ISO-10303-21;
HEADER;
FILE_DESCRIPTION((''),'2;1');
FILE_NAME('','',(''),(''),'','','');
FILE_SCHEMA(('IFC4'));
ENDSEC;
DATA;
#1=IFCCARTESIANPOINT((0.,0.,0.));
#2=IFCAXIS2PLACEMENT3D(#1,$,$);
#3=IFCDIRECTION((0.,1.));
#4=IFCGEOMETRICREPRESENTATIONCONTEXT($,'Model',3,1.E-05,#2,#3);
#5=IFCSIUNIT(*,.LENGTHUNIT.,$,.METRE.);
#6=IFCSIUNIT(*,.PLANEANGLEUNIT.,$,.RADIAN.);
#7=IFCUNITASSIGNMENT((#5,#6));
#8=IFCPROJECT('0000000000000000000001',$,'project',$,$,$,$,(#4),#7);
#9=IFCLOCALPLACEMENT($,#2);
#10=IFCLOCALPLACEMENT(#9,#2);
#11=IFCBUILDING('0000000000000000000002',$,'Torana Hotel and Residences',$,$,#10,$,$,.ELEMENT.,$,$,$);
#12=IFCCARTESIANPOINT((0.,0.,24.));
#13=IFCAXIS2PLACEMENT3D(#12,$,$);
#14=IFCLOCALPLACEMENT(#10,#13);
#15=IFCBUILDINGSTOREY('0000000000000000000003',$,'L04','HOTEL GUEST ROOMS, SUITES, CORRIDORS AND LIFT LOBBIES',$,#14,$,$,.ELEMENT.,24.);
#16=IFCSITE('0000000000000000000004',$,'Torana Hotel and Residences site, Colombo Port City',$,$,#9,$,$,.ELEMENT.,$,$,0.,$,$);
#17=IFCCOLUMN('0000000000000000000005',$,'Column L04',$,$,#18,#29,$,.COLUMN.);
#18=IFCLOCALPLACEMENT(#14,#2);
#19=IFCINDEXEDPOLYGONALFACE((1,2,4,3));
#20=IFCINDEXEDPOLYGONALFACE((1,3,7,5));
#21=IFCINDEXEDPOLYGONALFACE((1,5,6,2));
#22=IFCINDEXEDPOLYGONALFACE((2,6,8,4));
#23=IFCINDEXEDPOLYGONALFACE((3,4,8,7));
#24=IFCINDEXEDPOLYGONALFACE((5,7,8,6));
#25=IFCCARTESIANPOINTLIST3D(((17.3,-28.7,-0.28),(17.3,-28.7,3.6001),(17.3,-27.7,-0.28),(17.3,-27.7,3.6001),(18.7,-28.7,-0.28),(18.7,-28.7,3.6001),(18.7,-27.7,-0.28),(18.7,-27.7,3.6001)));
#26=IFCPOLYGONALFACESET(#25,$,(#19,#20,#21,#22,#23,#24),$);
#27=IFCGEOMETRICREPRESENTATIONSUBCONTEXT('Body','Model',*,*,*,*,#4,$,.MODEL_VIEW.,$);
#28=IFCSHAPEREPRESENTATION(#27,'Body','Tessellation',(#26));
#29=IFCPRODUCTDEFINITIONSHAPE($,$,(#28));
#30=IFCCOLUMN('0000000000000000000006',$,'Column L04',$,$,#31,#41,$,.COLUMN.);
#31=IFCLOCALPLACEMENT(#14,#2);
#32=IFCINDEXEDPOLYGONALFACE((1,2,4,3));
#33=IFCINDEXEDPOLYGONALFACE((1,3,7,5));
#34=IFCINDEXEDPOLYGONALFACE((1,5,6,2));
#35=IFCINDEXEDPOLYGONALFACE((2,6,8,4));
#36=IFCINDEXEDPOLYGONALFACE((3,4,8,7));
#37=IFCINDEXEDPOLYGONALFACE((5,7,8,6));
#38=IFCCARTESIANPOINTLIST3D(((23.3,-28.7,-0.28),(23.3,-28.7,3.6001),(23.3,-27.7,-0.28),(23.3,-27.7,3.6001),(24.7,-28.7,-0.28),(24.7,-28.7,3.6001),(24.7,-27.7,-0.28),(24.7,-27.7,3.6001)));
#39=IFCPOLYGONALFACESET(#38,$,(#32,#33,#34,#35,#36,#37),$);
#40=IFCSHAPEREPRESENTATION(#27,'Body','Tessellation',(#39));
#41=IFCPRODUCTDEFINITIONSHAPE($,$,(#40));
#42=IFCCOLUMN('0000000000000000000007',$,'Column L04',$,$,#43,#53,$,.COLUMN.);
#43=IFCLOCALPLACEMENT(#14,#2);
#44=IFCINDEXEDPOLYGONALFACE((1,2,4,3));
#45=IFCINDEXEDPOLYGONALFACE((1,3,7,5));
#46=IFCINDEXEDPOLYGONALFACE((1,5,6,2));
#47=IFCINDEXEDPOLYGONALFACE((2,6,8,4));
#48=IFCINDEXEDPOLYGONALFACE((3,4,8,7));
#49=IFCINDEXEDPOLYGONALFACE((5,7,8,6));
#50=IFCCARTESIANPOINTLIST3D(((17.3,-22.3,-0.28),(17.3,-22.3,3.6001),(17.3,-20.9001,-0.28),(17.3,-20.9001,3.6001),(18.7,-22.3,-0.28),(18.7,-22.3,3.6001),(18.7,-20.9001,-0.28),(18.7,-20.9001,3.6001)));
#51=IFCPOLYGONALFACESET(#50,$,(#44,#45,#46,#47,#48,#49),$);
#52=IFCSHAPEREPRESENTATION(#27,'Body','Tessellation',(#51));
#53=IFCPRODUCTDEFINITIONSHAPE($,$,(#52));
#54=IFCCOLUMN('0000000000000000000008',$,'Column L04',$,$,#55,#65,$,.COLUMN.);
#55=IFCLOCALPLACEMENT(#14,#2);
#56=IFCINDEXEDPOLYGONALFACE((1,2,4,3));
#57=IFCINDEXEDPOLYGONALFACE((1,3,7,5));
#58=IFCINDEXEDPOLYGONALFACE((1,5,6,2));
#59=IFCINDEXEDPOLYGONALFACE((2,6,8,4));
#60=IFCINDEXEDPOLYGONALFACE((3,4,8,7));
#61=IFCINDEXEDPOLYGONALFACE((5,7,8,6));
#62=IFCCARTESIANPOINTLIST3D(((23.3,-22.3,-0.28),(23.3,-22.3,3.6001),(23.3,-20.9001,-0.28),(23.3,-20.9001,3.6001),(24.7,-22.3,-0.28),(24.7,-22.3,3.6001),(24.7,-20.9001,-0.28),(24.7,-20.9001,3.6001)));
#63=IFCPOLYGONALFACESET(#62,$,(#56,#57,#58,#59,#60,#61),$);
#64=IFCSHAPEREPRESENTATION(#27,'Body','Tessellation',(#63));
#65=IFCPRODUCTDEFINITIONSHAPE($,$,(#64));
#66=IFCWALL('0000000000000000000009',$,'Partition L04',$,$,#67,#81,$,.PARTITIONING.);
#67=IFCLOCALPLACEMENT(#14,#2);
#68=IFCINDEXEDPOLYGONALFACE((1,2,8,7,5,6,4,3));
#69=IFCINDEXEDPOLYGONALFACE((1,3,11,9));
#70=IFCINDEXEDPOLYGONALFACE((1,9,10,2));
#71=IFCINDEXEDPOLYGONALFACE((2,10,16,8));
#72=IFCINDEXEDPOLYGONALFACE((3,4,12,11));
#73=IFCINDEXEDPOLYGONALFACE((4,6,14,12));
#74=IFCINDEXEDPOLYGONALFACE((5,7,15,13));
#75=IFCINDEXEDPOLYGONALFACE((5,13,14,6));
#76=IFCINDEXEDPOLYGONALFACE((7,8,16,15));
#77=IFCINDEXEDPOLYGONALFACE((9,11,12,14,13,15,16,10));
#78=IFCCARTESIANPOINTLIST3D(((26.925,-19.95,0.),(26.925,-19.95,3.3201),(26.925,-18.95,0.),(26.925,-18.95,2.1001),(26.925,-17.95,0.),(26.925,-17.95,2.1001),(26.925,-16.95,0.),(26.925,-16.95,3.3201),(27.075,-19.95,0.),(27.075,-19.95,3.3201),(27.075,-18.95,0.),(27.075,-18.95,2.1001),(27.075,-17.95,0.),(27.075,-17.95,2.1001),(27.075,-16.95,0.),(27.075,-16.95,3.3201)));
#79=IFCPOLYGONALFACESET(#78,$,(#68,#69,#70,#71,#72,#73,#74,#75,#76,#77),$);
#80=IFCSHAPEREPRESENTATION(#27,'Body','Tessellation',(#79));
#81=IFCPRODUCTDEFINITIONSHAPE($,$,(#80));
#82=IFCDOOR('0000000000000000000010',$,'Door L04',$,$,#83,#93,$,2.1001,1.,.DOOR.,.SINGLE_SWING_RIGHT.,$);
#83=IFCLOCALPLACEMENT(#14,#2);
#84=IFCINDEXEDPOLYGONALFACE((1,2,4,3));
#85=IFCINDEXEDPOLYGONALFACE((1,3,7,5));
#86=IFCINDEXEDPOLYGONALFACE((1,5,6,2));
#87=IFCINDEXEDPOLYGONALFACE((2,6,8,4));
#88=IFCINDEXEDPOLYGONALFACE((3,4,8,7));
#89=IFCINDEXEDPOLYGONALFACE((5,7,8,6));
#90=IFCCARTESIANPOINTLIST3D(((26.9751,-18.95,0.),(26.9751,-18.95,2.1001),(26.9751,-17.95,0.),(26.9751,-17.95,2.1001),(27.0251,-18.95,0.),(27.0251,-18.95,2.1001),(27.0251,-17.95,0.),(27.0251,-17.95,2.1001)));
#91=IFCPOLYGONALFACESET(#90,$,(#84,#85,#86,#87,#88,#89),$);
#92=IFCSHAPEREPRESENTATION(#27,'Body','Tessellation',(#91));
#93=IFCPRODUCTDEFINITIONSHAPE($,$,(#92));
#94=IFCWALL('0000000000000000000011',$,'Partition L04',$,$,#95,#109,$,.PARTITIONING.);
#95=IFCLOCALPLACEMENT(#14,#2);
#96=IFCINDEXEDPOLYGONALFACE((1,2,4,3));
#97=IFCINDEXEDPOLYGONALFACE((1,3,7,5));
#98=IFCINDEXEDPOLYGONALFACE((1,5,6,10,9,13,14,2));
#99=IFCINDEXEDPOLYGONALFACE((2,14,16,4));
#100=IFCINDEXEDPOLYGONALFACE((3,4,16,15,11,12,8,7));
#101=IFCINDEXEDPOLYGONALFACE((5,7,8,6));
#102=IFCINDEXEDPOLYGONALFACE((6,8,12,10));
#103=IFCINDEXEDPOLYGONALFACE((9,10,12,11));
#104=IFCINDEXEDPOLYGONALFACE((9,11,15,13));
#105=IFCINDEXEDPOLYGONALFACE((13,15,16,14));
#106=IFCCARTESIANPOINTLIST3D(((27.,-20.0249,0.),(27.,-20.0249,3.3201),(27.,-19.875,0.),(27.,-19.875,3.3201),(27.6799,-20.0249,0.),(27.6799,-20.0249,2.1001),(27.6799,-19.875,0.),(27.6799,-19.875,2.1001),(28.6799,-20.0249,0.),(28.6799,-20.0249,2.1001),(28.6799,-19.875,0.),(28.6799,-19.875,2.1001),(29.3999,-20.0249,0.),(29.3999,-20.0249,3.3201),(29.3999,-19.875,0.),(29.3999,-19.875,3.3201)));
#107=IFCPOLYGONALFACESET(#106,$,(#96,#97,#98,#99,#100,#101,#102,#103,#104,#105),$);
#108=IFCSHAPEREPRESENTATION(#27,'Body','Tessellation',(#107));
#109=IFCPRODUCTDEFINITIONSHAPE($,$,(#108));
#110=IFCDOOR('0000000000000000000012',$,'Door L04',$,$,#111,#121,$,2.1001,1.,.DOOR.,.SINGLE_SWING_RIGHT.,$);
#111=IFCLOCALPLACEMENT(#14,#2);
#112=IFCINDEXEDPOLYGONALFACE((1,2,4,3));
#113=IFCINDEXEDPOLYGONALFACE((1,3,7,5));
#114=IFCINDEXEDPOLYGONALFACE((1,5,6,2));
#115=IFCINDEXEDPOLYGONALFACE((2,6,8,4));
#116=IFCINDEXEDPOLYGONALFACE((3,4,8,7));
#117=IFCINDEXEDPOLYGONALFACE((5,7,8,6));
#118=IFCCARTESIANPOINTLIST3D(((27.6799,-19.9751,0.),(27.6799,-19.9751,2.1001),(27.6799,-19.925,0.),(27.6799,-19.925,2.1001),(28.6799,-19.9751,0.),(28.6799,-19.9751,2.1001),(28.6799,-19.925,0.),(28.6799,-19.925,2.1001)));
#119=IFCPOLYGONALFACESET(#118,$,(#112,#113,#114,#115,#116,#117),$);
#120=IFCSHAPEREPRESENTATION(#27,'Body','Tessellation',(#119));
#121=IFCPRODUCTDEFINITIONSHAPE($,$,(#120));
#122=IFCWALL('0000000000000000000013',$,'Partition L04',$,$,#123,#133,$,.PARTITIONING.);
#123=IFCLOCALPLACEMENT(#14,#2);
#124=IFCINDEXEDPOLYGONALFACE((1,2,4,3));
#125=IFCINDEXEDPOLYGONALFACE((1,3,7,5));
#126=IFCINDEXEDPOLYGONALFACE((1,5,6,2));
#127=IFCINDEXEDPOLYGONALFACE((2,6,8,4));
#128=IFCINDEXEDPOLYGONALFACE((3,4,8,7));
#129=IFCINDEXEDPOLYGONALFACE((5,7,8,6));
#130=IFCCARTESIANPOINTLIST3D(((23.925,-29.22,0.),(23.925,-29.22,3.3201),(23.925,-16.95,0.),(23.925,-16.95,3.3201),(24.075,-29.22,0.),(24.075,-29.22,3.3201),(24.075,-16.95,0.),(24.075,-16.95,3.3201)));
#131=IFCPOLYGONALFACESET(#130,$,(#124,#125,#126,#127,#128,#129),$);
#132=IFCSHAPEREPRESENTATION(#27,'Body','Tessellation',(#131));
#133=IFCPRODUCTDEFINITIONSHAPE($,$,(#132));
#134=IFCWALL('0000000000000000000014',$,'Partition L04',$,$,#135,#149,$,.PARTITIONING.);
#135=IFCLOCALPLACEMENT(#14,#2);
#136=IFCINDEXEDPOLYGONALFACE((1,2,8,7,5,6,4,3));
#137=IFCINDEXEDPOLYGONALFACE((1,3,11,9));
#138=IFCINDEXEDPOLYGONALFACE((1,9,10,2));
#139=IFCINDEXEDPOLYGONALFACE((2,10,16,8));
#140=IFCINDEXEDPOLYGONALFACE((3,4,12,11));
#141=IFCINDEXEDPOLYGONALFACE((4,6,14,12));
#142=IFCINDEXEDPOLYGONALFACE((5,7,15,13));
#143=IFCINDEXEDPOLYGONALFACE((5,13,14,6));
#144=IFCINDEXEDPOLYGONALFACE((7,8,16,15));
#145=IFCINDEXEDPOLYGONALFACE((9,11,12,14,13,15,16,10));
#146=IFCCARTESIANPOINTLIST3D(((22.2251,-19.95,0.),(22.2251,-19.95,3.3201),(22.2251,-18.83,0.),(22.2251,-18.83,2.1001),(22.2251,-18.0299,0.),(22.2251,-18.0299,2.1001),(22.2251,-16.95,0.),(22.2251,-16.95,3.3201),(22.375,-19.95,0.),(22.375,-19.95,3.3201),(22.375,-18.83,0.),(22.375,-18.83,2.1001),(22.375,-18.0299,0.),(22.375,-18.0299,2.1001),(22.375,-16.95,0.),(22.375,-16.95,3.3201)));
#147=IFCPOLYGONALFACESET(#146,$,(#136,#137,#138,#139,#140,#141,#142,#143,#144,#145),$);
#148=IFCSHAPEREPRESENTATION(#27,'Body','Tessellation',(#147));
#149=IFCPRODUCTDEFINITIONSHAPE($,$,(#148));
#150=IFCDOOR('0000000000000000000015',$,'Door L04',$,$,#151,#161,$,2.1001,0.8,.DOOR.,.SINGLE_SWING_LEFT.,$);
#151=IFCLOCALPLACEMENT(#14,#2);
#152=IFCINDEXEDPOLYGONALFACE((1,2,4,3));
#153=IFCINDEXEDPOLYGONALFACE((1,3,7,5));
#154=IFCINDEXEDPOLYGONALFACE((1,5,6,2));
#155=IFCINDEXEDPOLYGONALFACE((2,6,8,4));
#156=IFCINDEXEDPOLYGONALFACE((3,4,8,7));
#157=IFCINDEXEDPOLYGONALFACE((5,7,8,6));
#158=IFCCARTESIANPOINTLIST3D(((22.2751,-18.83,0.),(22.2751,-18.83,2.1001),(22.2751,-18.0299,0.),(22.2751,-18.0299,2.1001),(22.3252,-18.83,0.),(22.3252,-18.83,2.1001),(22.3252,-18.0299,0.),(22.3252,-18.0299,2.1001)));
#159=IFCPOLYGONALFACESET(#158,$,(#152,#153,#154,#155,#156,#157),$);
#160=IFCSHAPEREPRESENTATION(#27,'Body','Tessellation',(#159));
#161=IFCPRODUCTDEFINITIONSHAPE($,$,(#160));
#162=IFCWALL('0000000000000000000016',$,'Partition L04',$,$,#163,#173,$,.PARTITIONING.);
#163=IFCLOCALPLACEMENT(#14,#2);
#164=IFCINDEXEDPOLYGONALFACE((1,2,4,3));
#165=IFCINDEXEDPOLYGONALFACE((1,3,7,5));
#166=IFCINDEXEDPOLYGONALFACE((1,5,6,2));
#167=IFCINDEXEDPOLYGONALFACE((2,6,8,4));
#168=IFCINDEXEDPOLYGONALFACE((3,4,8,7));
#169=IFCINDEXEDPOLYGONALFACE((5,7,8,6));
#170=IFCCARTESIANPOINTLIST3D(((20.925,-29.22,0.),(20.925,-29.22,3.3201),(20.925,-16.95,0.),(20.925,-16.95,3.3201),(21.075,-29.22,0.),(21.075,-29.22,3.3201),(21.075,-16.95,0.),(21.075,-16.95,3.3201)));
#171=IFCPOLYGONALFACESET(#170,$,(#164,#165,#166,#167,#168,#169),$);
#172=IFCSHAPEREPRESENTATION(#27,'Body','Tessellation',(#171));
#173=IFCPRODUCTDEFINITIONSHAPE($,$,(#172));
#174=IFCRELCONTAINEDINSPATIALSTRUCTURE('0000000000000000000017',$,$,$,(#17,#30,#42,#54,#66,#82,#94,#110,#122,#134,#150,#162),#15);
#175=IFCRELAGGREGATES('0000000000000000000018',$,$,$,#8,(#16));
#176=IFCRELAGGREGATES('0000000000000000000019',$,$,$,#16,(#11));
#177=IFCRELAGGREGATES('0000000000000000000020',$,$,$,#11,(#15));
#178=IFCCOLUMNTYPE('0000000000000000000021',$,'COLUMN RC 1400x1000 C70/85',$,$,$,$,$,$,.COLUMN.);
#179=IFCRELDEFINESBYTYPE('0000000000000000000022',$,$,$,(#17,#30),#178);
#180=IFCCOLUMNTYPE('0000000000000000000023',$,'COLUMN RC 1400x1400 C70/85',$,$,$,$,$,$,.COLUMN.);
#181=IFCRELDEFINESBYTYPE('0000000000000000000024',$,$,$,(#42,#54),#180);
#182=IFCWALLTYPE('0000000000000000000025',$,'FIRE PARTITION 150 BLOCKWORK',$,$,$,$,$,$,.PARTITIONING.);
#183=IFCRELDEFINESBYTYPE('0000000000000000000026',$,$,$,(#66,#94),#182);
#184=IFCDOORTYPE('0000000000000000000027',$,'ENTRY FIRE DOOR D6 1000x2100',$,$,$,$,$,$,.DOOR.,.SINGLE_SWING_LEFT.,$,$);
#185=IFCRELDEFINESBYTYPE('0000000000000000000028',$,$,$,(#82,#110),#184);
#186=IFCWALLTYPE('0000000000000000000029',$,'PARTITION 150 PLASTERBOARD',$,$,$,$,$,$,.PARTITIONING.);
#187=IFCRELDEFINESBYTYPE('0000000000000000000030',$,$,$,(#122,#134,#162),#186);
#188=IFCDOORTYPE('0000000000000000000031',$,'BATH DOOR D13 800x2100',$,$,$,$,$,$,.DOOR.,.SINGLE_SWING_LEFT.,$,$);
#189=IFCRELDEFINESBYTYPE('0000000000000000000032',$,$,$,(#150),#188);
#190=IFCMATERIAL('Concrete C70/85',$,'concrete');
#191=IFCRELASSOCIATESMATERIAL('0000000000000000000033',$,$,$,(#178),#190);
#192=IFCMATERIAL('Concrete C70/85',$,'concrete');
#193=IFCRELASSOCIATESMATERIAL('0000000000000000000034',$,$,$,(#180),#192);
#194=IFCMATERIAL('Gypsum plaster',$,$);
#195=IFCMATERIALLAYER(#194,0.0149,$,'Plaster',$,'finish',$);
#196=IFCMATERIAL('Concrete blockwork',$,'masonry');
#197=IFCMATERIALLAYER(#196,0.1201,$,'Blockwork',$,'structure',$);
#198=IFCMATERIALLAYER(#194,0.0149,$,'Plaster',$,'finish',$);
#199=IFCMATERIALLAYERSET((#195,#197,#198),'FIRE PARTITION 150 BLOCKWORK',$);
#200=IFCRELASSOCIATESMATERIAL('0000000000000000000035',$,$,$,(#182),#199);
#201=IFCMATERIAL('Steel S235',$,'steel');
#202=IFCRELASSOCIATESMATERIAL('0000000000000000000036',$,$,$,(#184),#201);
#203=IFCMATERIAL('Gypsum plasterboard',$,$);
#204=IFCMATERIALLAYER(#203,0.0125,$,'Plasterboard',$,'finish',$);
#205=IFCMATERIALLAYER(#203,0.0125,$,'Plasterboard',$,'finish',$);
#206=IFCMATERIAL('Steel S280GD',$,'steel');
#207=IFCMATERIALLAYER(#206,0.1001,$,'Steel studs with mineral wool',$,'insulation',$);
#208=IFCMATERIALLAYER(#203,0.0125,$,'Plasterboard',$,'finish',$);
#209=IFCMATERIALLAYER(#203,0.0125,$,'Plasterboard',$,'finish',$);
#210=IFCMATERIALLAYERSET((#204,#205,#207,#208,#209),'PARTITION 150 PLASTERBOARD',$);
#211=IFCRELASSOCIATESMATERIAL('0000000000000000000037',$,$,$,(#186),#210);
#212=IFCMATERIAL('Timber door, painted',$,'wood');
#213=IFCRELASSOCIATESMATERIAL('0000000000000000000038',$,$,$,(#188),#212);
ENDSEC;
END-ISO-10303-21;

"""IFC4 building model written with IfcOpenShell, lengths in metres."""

from ifc_helpers import new_model, si_unit, direction, frame, frame_2d, origin, origin_2d, place, context, subcontext, project, spatial, rectangle, extrude, material, layer, layer_set, material_profile, profile_set, type_object, element, fill, save


model = new_model("IFC4")

# Units and contexts
model_context = context("Model", 3, precision=1e-05, world=origin(), true_north=direction((0.0, 1.0)))
body_context = subcontext(model_context, "Body", "Model", "MODEL_VIEW")
ifc_project = project(units=[si_unit("LENGTHUNIT", "METRE"), si_unit("PLANEANGLEUNIT", "RADIAN")], contexts=[model_context])

# Site, building, storey
site_placement = place(None, origin())
site = spatial("IfcSite", under=ifc_project, at=site_placement, Name="Torana Hotel and Residences site, Colombo Port City", CompositionType="ELEMENT", RefElevation=0.0)
building_placement = place(site_placement, origin())
building = spatial("IfcBuilding", under=site, at=building_placement, Name="Torana Hotel and Residences", CompositionType="ELEMENT")
storey_placement = place(building_placement, frame((0.0, 0.0, 24.0)))
storey = spatial("IfcBuildingStorey", under=building, at=storey_placement, Name="L04", Description="HOTEL GUEST ROOMS, SUITES, CORRIDORS AND LIFT LOBBIES", CompositionType="ELEMENT", Elevation=24.0)

# Columns
ifc_material_1 = material(Name="Concrete C70/85", Category="concrete")
ifc_material_profile_1 = material_profile(ifc_material_1, rectangle(XDim=1.3999, YDim=1.0, at=origin_2d()), Name="RC 1400x1000")
ifc_profile_set_1 = profile_set([ifc_material_profile_1], Name="Concrete C70/85")
column_type_1 = type_object("IfcColumnType", Name="COLUMN RC 1400x1000 C70/85", PredefinedType="COLUMN", material=ifc_profile_set_1)
for number, where, z_axis, x_axis, name in (
    (1, (18.0, -28.2, -0.28), (0.0, 0.0, 1.0), (1.0, 0.0, 0.0), "Column L04"),
    (2, (24.0, -28.2, -0.28), (0.0, 0.0, 1.0), (1.0, 0.0, 0.0), "Column L04"),
):
    element("IfcColumn", number, at=place(storey_placement, frame(where, z_axis=z_axis, x_axis=x_axis)), inside=storey, type_object=column_type_1, Name=name, PredefinedType="COLUMN", context=body_context, shape_type="SweptSolid", body=[
        extrude(rectangle(XDim=1.3999, YDim=1.0, at=origin_2d()), origin(), (0.0, 0.0, 1.0), 3.8801),
    ])
ifc_material_2 = material(Name="Concrete C70/85", Category="concrete")
ifc_material_profile_2 = material_profile(ifc_material_2, rectangle(XDim=1.3999, YDim=1.3999, at=origin_2d()), Name="RC 1400x1400")
ifc_profile_set_2 = profile_set([ifc_material_profile_2], Name="Concrete C70/85")
column_type_2 = type_object("IfcColumnType", Name="COLUMN RC 1400x1400 C70/85", PredefinedType="COLUMN", material=ifc_profile_set_2)
for number, where, z_axis, x_axis, name in (
    (3, (18.0, -21.6001, -0.28), (0.0, 0.0, 1.0), (1.0, 0.0, 0.0), "Column L04"),
    (4, (24.0, -21.6001, -0.28), (0.0, 0.0, 1.0), (1.0, 0.0, 0.0), "Column L04"),
):
    element("IfcColumn", number, at=place(storey_placement, frame(where, z_axis=z_axis, x_axis=x_axis)), inside=storey, type_object=column_type_2, Name=name, PredefinedType="COLUMN", context=body_context, shape_type="SweptSolid", body=[
        extrude(rectangle(XDim=1.3999, YDim=1.3999, at=origin_2d()), origin(), (0.0, 0.0, 1.0), 3.8801),
    ])

# Walls, openings, doors
ifc_material_3 = material(Name="Gypsum plaster")
ifc_layer_1 = layer(ifc_material_3, 0.0149, Name="Plaster", Category="finish")
ifc_material_4 = material(Name="Concrete blockwork", Category="masonry")
ifc_layer_2 = layer(ifc_material_4, 0.1201, Name="Blockwork", Category="structure")
ifc_layer_3 = layer(ifc_material_3, 0.0149, Name="Plaster", Category="finish")
ifc_layer_set_1 = layer_set([ifc_layer_1, ifc_layer_2, ifc_layer_3], Name="FIRE PARTITION 150 BLOCKWORK")
wall_type_1 = type_object("IfcWallType", Name="FIRE PARTITION 150 BLOCKWORK", PredefinedType="PARTITIONING", material=ifc_layer_set_1)
wall_1_placement = place(storey_placement, frame((27.0, -19.95, 0.0), z_axis=(0.0, 0.0, 1.0), x_axis=(0.0, 1.0, 0.0)))
wall_1 = element("IfcWall", 5, at=wall_1_placement, inside=storey, type_object=wall_type_1, Name="Partition L04", PredefinedType="PARTITIONING", context=body_context, shape_type="SweptSolid", body=[
    extrude(rectangle(XDim=3.0, YDim=0.1499, at=frame_2d((1.5, 0.0))), origin(), (0.0, 0.0, 1.0), 3.3201),
])
opening_1_placement = place(wall_1_placement, frame((1.0, 0.0, 0.0)))
opening_1 = element("IfcOpeningElement", 6, at=opening_1_placement, cuts=wall_1, PredefinedType="OPENING", context=body_context, shape_type="SweptSolid", body=[
    extrude(rectangle(XDim=1.0, YDim=2.1001, at=frame_2d((0.5, 1.05))), frame((0.0, 0.085, 0.0), z_axis=(0.0, -1.0, 0.0), x_axis=(1.0, 0.0, 0.0)), (0.0, 0.0, 1.0), 0.1699),
])
ifc_material_5 = material(Name="Steel S235", Category="steel")
door_type_1 = type_object("IfcDoorType", Name="ENTRY FIRE DOOR D6 1000x2100", OperationType="SINGLE_SWING_LEFT", PredefinedType="DOOR", material=ifc_material_5)
door_1_placement = place(opening_1_placement, origin())
door_1 = element("IfcDoor", 7, at=door_1_placement, inside=storey, type_object=door_type_1, Name="Door L04", OperationType="SINGLE_SWING_RIGHT", OverallHeight=2.1001, OverallWidth=1.0, PredefinedType="DOOR", context=body_context, shape_type="SweptSolid", body=[
    extrude(rectangle(XDim=1.0, YDim=2.1001, at=frame_2d((0.5, 1.05))), frame((0.0, 0.0249, 0.0), z_axis=(0.0, -1.0, 0.0), x_axis=(1.0, 0.0, 0.0)), (0.0, 0.0, 1.0), 0.05),
])
fill(opening_1, door_1)
wall_2_placement = place(storey_placement, frame((27.0, -19.95, 0.0), z_axis=(0.0, 0.0, 1.0), x_axis=(1.0, 0.0, 0.0)))
wall_2 = element("IfcWall", 8, at=wall_2_placement, inside=storey, type_object=wall_type_1, Name="Partition L04", PredefinedType="PARTITIONING", context=body_context, shape_type="SweptSolid", body=[
    extrude(rectangle(XDim=2.3999, YDim=0.1499, at=frame_2d((1.2, 0.0))), origin(), (0.0, 0.0, 1.0), 3.3201),
])
opening_2_placement = place(wall_2_placement, frame((0.6799, 0.0, 0.0)))
opening_2 = element("IfcOpeningElement", 9, at=opening_2_placement, cuts=wall_2, PredefinedType="OPENING", context=body_context, shape_type="SweptSolid", body=[
    extrude(rectangle(XDim=1.0, YDim=2.1001, at=frame_2d((0.5, 1.05))), frame((0.0, 0.085, 0.0), z_axis=(0.0, -1.0, 0.0), x_axis=(1.0, 0.0, 0.0)), (0.0, 0.0, 1.0), 0.1699),
])
door_2_placement = place(opening_2_placement, frame((0.5, 0.0, 0.0), z_axis=(0.0, 0.0, 1.0), x_axis=(-1.0, 0.0, 0.0)))
door_2 = element("IfcDoor", 10, at=door_2_placement, inside=storey, type_object=door_type_1, Name="Door L04", OperationType="SINGLE_SWING_RIGHT", OverallHeight=2.1001, OverallWidth=1.0, PredefinedType="DOOR", context=body_context, shape_type="SweptSolid", body=[
    extrude(rectangle(XDim=1.0, YDim=2.1001, at=frame_2d((0.0, 1.05))), frame((0.0, -0.0249, 0.0), z_axis=(0.0, 1.0, 0.0), x_axis=(-1.0, 0.0, 0.0)), (0.0, 0.0, 1.0), 0.05),
])
fill(opening_2, door_2)

# Wall
ifc_material_6 = material(Name="Gypsum plasterboard")
ifc_layer_4 = layer(ifc_material_6, 0.0125, Name="Plasterboard", Category="finish")
ifc_layer_5 = layer(ifc_material_6, 0.0125, Name="Plasterboard", Category="finish")
ifc_material_7 = material(Name="Steel S280GD", Category="steel")
ifc_layer_6 = layer(ifc_material_7, 0.1001, Name="Steel studs with mineral wool", Category="insulation")
ifc_layer_7 = layer(ifc_material_6, 0.0125, Name="Plasterboard", Category="finish")
ifc_layer_8 = layer(ifc_material_6, 0.0125, Name="Plasterboard", Category="finish")
ifc_layer_set_2 = layer_set([ifc_layer_4, ifc_layer_5, ifc_layer_6, ifc_layer_7, ifc_layer_8], Name="PARTITION 150 PLASTERBOARD")
wall_type_2 = type_object("IfcWallType", Name="PARTITION 150 PLASTERBOARD", PredefinedType="PARTITIONING", material=ifc_layer_set_2)
wall_3_placement = place(storey_placement, frame((24.0, -29.22, 0.0), z_axis=(0.0, 0.0, 1.0), x_axis=(0.0, 1.0, 0.0)))
element("IfcWall", 11, at=wall_3_placement, inside=storey, type_object=wall_type_2, Name="Partition L04", PredefinedType="PARTITIONING", context=body_context, shape_type="SweptSolid", body=[
    extrude(rectangle(XDim=12.27, YDim=0.1499, at=frame_2d((6.135, 0.0))), origin(), (0.0, 0.0, 1.0), 3.3201),
])

# Wall, opening, door
wall_4_placement = place(storey_placement, frame((22.3, -19.95, 0.0), z_axis=(0.0, 0.0, 1.0), x_axis=(0.0, 1.0, 0.0)))
wall_4 = element("IfcWall", 12, at=wall_4_placement, inside=storey, type_object=wall_type_2, Name="Partition L04", PredefinedType="PARTITIONING", context=body_context, shape_type="SweptSolid", body=[
    extrude(rectangle(XDim=3.0, YDim=0.1499, at=frame_2d((1.5, 0.0))), origin(), (0.0, 0.0, 1.0), 3.3201),
])
opening_3_placement = place(wall_4_placement, frame((1.1201, 0.0, 0.0)))
opening_3 = element("IfcOpeningElement", 13, at=opening_3_placement, cuts=wall_4, PredefinedType="OPENING", context=body_context, shape_type="SweptSolid", body=[
    extrude(rectangle(XDim=0.8, YDim=2.1001, at=frame_2d((0.3999, 1.05))), frame((0.0, 0.085, 0.0), z_axis=(0.0, -1.0, 0.0), x_axis=(1.0, 0.0, 0.0)), (0.0, 0.0, 1.0), 0.1699),
])
ifc_material_8 = material(Name="Timber door, painted", Category="wood")
door_type_2 = type_object("IfcDoorType", Name="BATH DOOR D13 800x2100", OperationType="SINGLE_SWING_LEFT", PredefinedType="DOOR", material=ifc_material_8)
door_3_placement = place(opening_3_placement, origin())
door_3 = element("IfcDoor", 14, at=door_3_placement, inside=storey, type_object=door_type_2, Name="Door L04", OperationType="SINGLE_SWING_LEFT", OverallHeight=2.1001, OverallWidth=0.8, PredefinedType="DOOR", context=body_context, shape_type="SweptSolid", body=[
    extrude(rectangle(XDim=0.8, YDim=2.1001, at=frame_2d((0.3999, 1.05))), frame((0.0, 0.0249, 0.0), z_axis=(0.0, -1.0, 0.0), x_axis=(1.0, 0.0, 0.0)), (0.0, 0.0, 1.0), 0.05),
])
fill(opening_3, door_3)

# Wall
wall_5_placement = place(storey_placement, frame((21.0, -29.22, 0.0), z_axis=(0.0, 0.0, 1.0), x_axis=(0.0, 1.0, 0.0)))
element("IfcWall", 15, at=wall_5_placement, inside=storey, type_object=wall_type_2, Name="Partition L04", PredefinedType="PARTITIONING", context=body_context, shape_type="SweptSolid", body=[
    extrude(rectangle(XDim=12.27, YDim=0.1499, at=frame_2d((6.135, 0.0))), origin(), (0.0, 0.0, 1.0), 3.3201),
])

save(model, "model.ifc")
